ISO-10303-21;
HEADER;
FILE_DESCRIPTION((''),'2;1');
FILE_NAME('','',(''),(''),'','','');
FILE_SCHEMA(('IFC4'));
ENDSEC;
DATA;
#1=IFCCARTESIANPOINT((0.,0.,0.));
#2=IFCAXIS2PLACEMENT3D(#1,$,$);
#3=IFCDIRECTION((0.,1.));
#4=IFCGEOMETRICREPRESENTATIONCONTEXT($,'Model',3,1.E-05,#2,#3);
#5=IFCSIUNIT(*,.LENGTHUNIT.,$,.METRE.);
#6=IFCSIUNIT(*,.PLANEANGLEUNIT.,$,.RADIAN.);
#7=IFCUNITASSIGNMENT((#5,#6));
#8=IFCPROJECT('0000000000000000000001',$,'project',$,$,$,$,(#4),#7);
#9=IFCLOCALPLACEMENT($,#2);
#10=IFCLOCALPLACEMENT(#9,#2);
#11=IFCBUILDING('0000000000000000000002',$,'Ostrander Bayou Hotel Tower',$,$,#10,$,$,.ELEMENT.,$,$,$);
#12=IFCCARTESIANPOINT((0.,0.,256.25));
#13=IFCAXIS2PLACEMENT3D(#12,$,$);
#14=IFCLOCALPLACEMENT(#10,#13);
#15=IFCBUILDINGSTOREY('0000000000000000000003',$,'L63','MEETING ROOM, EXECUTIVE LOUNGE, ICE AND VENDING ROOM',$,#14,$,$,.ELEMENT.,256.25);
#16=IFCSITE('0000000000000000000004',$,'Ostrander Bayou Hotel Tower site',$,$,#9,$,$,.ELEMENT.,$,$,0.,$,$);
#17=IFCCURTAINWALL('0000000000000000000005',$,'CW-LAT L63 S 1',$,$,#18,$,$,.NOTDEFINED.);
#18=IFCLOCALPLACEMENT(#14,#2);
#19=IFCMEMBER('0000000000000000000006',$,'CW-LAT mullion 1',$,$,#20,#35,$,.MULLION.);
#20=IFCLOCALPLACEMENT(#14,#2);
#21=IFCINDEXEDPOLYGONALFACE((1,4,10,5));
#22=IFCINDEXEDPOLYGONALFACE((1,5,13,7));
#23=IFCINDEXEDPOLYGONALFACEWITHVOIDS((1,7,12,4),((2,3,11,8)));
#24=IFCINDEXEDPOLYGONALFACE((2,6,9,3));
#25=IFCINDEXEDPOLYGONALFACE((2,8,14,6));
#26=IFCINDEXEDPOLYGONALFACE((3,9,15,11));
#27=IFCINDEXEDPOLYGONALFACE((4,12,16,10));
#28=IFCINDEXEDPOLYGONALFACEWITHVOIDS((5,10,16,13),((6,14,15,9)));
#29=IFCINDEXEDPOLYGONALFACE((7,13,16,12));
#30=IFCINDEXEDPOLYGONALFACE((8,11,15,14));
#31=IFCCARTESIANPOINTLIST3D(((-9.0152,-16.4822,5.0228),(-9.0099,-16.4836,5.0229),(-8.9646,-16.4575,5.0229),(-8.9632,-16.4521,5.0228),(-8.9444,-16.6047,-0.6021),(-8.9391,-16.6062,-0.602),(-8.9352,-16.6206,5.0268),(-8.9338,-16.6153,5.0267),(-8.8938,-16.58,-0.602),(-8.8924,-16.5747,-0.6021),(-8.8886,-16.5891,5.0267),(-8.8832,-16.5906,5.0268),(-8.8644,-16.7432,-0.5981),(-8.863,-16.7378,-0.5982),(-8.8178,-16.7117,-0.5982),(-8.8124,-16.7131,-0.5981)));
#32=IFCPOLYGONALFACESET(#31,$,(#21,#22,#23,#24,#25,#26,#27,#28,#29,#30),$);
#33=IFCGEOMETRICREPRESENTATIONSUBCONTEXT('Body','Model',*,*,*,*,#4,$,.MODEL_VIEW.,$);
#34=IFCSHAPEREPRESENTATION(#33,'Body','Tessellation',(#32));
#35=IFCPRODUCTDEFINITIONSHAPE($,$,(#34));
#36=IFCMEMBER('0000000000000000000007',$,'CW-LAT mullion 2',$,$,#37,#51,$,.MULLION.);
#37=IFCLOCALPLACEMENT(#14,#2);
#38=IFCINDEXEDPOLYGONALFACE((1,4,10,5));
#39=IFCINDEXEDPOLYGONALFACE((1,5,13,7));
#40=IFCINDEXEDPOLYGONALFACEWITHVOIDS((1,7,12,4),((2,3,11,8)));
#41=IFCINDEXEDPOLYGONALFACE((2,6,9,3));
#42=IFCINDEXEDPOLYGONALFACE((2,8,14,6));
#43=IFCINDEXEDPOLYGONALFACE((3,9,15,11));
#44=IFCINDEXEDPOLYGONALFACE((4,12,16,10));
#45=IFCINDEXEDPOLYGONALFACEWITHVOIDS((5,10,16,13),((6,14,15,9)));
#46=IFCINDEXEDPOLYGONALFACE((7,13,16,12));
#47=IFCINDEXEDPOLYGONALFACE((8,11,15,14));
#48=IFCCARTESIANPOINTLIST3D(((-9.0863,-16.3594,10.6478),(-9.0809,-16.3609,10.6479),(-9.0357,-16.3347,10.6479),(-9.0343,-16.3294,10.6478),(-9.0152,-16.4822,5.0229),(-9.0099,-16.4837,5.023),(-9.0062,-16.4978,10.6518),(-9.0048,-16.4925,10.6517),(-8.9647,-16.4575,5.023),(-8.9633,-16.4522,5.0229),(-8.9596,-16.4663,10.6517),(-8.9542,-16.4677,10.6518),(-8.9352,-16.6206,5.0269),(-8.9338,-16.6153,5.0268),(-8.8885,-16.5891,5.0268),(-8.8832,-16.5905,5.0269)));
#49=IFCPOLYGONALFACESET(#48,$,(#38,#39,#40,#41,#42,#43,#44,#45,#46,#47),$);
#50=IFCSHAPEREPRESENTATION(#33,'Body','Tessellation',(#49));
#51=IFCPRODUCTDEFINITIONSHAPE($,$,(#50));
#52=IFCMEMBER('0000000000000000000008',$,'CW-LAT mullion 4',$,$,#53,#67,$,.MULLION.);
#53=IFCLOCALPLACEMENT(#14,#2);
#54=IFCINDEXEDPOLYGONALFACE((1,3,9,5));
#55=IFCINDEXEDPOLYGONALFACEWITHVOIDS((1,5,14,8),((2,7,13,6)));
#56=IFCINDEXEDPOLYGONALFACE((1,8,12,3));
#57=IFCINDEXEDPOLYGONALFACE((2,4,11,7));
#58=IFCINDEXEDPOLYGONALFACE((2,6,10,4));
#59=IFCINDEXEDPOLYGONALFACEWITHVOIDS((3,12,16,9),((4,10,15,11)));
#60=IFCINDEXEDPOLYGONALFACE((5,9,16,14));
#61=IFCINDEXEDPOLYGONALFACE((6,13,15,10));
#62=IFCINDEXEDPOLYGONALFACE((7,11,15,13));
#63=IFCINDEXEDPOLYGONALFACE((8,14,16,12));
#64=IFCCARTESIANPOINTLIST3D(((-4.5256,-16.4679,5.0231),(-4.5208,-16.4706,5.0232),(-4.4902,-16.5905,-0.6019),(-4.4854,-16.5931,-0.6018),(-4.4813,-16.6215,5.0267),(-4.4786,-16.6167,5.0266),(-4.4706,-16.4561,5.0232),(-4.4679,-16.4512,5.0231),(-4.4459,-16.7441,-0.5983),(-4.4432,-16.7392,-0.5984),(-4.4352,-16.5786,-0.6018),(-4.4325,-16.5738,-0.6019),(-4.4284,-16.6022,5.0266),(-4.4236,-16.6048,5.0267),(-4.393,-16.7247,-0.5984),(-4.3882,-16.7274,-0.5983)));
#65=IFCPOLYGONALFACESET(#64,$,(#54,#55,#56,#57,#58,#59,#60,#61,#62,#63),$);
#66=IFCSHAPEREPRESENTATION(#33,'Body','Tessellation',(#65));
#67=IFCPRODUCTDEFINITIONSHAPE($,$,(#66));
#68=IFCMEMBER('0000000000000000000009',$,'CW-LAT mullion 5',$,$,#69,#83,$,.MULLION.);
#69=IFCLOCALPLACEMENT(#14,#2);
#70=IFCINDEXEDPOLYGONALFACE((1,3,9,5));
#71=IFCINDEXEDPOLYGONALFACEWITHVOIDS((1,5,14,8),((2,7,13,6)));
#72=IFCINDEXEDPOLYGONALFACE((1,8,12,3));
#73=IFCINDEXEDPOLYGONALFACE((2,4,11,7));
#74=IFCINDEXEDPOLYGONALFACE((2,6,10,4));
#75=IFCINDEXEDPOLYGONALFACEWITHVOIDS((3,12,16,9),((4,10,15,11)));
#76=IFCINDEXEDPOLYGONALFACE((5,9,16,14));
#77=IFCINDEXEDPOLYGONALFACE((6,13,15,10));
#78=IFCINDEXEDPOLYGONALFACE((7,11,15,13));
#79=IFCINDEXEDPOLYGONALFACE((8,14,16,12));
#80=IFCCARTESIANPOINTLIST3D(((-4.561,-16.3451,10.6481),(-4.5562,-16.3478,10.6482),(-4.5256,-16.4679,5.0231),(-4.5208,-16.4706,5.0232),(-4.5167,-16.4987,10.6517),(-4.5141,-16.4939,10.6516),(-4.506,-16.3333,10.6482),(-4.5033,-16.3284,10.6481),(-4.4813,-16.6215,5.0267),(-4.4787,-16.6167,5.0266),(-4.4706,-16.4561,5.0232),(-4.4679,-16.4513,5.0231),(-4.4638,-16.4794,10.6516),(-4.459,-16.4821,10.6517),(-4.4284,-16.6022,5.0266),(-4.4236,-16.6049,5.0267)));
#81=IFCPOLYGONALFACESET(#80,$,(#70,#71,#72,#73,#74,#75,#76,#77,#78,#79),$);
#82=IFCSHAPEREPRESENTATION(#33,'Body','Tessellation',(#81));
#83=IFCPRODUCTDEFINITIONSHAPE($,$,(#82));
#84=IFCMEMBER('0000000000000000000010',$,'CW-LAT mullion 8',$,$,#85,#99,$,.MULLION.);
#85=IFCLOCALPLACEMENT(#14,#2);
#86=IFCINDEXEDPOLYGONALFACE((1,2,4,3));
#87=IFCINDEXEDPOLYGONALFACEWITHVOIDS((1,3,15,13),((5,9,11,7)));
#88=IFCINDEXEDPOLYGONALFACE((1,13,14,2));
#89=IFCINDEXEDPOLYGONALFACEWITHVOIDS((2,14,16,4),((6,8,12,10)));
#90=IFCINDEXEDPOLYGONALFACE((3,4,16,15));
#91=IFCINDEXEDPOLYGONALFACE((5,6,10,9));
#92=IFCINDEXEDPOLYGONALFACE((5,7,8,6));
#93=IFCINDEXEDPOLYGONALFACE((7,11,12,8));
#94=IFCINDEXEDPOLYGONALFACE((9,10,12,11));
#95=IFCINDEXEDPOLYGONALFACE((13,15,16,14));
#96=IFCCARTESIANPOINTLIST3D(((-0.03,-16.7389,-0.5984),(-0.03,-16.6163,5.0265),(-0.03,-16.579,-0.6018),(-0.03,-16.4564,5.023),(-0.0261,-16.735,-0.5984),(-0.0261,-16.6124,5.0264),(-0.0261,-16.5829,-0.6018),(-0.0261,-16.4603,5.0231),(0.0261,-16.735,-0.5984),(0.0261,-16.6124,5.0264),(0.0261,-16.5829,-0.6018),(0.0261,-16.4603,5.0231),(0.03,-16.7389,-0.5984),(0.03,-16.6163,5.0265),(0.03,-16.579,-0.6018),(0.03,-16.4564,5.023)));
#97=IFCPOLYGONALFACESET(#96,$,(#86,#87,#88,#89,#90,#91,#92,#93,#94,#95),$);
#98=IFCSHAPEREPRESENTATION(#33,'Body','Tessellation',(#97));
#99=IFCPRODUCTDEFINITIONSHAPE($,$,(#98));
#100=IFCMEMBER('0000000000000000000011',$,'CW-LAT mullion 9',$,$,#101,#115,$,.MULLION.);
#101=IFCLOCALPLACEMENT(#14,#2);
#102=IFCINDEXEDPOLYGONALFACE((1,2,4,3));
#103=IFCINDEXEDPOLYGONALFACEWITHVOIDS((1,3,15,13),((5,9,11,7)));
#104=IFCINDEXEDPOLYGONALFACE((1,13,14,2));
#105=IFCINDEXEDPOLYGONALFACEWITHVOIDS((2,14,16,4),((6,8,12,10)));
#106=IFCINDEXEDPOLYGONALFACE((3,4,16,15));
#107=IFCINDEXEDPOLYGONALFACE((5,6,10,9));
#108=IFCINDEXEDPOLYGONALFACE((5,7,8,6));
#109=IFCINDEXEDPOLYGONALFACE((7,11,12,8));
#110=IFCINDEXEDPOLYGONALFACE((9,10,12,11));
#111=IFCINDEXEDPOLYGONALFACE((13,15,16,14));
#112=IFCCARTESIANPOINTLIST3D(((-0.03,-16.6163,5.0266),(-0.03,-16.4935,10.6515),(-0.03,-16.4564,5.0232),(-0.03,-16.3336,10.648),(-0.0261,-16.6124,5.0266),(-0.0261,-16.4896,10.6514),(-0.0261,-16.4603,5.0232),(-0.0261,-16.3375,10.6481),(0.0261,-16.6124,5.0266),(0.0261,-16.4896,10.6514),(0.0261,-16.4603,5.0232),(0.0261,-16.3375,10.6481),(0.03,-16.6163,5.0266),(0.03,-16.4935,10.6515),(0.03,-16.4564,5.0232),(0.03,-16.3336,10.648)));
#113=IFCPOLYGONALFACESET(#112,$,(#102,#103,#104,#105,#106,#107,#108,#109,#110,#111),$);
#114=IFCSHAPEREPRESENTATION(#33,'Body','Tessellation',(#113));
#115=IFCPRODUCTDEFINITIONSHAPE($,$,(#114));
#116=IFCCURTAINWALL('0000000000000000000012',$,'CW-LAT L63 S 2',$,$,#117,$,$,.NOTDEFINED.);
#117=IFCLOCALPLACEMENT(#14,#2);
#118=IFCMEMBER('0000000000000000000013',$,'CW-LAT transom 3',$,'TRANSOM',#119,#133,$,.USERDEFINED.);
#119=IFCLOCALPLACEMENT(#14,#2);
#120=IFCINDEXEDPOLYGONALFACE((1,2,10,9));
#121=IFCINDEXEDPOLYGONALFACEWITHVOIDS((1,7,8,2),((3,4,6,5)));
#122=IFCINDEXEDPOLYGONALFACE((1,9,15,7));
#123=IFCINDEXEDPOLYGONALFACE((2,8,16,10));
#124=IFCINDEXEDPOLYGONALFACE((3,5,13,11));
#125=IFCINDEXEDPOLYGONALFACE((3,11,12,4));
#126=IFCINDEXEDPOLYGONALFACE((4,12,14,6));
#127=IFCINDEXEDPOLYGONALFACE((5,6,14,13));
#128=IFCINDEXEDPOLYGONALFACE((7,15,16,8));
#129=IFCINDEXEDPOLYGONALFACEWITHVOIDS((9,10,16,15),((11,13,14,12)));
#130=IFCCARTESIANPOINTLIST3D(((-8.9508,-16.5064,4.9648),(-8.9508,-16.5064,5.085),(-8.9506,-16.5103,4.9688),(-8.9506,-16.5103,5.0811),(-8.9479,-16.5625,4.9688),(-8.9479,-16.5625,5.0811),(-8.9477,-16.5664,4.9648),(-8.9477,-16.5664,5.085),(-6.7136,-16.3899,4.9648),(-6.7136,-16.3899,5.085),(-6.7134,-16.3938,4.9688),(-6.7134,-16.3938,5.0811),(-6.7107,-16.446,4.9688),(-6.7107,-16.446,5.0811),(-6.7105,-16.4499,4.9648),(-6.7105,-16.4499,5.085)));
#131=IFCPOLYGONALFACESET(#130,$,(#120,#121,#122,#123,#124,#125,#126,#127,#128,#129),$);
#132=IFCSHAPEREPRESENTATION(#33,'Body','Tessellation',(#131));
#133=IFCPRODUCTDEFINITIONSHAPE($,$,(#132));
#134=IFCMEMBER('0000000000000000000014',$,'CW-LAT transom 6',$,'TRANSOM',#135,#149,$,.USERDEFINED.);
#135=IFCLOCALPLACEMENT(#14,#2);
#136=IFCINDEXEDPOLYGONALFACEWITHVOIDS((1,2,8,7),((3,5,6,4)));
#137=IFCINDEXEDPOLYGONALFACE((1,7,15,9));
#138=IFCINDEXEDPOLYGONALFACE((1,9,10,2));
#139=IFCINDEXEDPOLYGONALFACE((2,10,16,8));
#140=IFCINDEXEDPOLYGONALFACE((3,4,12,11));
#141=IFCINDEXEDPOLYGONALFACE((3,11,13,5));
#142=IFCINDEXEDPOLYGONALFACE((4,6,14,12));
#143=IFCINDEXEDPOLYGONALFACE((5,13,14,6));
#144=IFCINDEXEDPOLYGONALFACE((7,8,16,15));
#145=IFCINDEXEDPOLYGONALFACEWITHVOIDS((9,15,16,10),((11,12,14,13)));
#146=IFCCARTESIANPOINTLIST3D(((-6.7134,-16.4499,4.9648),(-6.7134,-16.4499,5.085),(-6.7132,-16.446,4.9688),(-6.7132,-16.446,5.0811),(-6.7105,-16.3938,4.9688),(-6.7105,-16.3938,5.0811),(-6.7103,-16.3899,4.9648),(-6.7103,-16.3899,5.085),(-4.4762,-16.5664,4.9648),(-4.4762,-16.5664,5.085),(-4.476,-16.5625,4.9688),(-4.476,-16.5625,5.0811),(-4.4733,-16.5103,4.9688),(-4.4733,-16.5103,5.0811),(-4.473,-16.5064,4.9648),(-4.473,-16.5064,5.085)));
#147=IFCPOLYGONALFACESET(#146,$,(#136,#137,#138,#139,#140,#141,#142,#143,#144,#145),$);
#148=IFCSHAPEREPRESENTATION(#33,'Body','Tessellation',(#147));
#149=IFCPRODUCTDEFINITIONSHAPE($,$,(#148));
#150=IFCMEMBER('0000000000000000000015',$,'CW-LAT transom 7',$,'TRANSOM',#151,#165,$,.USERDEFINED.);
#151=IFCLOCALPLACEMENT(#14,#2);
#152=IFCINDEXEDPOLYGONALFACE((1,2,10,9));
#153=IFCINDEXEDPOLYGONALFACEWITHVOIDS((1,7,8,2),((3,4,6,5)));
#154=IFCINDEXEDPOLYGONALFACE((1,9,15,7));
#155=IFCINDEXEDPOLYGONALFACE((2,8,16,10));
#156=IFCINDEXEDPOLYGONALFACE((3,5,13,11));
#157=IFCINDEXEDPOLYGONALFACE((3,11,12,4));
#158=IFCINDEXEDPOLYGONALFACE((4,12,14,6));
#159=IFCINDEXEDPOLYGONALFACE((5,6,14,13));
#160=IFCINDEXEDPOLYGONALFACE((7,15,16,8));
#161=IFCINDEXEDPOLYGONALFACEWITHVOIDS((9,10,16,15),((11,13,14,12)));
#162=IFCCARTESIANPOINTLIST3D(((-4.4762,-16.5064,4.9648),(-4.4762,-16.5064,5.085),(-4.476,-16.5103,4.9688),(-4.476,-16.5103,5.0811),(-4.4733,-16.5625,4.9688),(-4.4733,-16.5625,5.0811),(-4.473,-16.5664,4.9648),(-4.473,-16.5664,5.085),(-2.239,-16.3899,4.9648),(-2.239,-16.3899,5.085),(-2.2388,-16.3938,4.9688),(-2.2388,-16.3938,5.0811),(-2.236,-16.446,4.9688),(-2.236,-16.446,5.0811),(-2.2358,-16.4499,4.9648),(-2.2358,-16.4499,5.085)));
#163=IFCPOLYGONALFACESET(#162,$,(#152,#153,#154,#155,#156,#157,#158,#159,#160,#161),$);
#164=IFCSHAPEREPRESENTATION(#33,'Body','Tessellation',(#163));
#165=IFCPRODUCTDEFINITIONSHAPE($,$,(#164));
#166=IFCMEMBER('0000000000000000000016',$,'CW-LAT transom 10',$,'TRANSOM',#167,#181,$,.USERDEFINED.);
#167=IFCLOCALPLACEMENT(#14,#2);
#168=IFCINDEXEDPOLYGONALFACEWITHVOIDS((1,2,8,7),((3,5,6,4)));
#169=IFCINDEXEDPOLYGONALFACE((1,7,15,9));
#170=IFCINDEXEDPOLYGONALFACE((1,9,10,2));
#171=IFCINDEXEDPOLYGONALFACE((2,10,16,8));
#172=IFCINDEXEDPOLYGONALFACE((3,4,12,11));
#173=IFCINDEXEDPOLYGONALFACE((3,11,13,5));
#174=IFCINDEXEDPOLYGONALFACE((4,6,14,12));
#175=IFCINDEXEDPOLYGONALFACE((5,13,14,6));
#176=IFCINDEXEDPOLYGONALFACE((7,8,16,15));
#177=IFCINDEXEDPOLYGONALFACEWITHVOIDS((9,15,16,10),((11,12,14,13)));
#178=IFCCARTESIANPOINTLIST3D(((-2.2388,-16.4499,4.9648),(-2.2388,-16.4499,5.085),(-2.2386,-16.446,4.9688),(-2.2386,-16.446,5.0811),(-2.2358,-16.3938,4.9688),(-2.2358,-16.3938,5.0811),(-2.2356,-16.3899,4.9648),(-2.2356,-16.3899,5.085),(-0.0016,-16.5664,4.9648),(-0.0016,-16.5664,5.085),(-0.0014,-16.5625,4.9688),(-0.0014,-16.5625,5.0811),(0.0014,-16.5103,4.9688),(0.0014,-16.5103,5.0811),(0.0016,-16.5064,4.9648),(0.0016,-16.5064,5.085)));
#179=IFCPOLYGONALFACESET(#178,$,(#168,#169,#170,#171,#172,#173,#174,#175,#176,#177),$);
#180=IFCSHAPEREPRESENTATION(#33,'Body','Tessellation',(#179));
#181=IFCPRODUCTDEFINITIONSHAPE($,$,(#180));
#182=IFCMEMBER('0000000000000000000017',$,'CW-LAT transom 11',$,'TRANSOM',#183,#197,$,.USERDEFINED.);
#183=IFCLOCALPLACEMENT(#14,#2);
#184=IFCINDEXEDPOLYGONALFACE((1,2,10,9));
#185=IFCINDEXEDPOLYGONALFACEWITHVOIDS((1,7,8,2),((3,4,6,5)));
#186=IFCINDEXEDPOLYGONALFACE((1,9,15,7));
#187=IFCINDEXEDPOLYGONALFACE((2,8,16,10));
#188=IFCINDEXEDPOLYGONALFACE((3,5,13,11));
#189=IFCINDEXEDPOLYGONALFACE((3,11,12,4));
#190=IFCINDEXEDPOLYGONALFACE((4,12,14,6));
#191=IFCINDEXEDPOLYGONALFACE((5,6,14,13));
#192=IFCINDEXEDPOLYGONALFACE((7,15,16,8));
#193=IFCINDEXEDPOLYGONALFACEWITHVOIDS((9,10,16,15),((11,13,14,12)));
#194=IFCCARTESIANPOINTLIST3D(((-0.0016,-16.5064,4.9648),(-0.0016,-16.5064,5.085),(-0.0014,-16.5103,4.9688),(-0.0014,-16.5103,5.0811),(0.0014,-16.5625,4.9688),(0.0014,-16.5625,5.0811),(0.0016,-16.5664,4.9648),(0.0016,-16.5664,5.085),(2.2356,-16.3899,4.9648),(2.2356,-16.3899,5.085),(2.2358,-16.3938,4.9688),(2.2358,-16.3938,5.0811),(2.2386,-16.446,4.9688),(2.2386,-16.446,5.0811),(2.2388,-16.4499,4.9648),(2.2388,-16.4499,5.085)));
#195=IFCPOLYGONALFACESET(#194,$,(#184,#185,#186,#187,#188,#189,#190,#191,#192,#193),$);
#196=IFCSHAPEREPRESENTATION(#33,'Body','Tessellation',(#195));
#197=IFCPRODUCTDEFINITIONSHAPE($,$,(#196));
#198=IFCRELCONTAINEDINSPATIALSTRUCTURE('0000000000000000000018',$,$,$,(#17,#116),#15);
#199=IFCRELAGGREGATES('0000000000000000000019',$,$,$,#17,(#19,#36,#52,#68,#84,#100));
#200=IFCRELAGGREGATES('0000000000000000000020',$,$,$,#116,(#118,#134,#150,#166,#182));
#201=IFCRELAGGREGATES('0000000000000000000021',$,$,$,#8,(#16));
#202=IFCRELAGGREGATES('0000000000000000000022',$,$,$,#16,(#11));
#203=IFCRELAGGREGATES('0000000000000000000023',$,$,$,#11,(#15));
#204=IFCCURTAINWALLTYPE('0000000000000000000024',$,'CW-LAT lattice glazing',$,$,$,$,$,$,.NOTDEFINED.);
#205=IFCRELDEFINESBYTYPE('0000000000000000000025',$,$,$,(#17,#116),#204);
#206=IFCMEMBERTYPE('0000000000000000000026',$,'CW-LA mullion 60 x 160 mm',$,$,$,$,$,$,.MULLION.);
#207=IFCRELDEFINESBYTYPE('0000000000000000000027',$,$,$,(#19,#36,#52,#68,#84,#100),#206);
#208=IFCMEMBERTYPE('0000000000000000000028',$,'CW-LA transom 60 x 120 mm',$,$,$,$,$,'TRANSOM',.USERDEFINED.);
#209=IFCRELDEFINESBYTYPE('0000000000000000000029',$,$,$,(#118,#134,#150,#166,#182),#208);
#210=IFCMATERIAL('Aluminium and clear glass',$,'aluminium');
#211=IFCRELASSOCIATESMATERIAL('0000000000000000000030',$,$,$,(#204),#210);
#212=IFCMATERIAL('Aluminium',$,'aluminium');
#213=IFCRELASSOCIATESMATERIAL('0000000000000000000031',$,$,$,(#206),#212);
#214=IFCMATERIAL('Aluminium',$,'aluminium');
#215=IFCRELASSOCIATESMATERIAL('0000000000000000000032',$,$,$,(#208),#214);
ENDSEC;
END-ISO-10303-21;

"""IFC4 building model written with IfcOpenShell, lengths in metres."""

from ifc_helpers import new_model, si_unit, direction, frame, origin, origin_2d, place, context, subcontext, project, spatial, hollow_rectangle, extrude, material, material_profile, profile_set, type_object, element, aggregate, save


model = new_model("IFC4")

# Units and contexts
model_context = context("Model", 3, precision=1e-05, world=origin(), true_north=direction((0.0, 1.0)))
body_context = subcontext(model_context, "Body", "Model", "MODEL_VIEW")
ifc_project = project(units=[si_unit("LENGTHUNIT", "METRE"), si_unit("PLANEANGLEUNIT", "RADIAN")], contexts=[model_context])

# Site, building, storey
site_placement = place(None, origin())
site = spatial("IfcSite", under=ifc_project, at=site_placement, Name="Ostrander Bayou Hotel Tower site", CompositionType="ELEMENT", RefElevation=0.0)
building_placement = place(site_placement, origin())
building = spatial("IfcBuilding", under=site, at=building_placement, Name="Ostrander Bayou Hotel Tower", CompositionType="ELEMENT")
storey_placement = place(building_placement, frame((0.0, 0.0, 256.25)))
storey = spatial("IfcBuildingStorey", under=building, at=storey_placement, Name="L63", Description="MEETING ROOM, EXECUTIVE LOUNGE, ICE AND VENDING ROOM", CompositionType="ELEMENT", Elevation=256.25)

# Curtain walls, members
ifc_material_1 = material(Name="Aluminium and clear glass", Category="aluminium")
curtain_wall_type = type_object("IfcCurtainWallType", Name="CW-LAT lattice glazing", PredefinedType="NOTDEFINED", material=ifc_material_1)
curtain_wall_1_placement = place(storey_placement, origin())
curtain_wall_1 = element("IfcCurtainWall", 1, at=curtain_wall_1_placement, inside=storey, type_object=curtain_wall_type, Name="CW-LAT L63 S 1", PredefinedType="NOTDEFINED")
ifc_material_2 = material(Name="Aluminium", Category="aluminium")
ifc_material_profile_1 = material_profile(ifc_material_2, hollow_rectangle(XDim=0.0601, YDim=0.1599, WallThickness=0.0039, at=origin_2d()))
ifc_profile_set_1 = profile_set([ifc_material_profile_1], Name="Aluminium")
member_type_1 = type_object("IfcMemberType", Name="CW-LA mullion 60 x 160 mm", PredefinedType="MULLION", material=ifc_profile_set_1)
member_1_placement = place(storey_placement, frame((-8.8784, -16.6589, -0.6001), z_axis=(-0.012583, 0.021781, 0.999684), x_axis=(-0.865898, -0.50022, 0.0)))
member_1 = element("IfcMember", 2, at=member_1_placement, type_object=member_type_1, Name="CW-LAT mullion 1", PredefinedType="MULLION", context=body_context, shape_type="SweptSolid", body=[
    extrude(hollow_rectangle(XDim=0.0601, YDim=0.1599, WallThickness=0.0039, at=origin_2d()), origin(), (0.0, 0.0, 1.0), 5.6267),
])
member_2_placement = place(storey_placement, frame((-8.9492, -16.5364, 5.0249), z_axis=(-0.012626, 0.021825, 0.999682), x_axis=(-0.865583, -0.500765, 0.0)))
member_2 = element("IfcMember", 3, at=member_2_placement, type_object=member_type_1, Name="CW-LAT mullion 2", PredefinedType="MULLION", context=body_context, shape_type="SweptSolid", body=[
    extrude(hollow_rectangle(XDim=0.0601, YDim=0.1599, WallThickness=0.0039, at=origin_2d()), origin(), (0.0, 0.0, 1.0), 5.6267),
])
member_3_placement = place(storey_placement, frame((-4.4392, -16.6589, -0.6001), z_axis=(-0.006292, 0.021783, 0.999743), x_axis=(-0.960726, -0.2775, 0.0)))
member_3 = element("IfcMember", 4, at=member_3_placement, type_object=member_type_1, Name="CW-LAT mullion 4", PredefinedType="MULLION", context=body_context, shape_type="SweptSolid", body=[
    extrude(hollow_rectangle(XDim=0.0601, YDim=0.1599, WallThickness=0.0039, at=origin_2d()), origin(), (0.0, 0.0, 1.0), 5.6265),
])
member_4_placement = place(storey_placement, frame((-4.4746, -16.5364, 5.0249), z_axis=(-0.006292, 0.021826, 0.999742), x_axis=(-0.960872, -0.276991, 0.0)))
member_4 = element("IfcMember", 5, at=member_4_placement, type_object=member_type_1, Name="CW-LAT mullion 5", PredefinedType="MULLION", context=body_context, shape_type="SweptSolid", body=[
    extrude(hollow_rectangle(XDim=0.0601, YDim=0.1599, WallThickness=0.0039, at=origin_2d()), origin(), (0.0, 0.0, 1.0), 5.6265),
])
member_5_placement = place(storey_placement, frame((0.0, -16.6589, -0.6001), z_axis=(0.0, 0.021783, 0.999763), x_axis=(-1.0, 0.0, 0.0)))
member_5 = element("IfcMember", 6, at=member_5_placement, type_object=member_type_1, Name="CW-LAT mullion 8", PredefinedType="MULLION", context=body_context, shape_type="SweptSolid", body=[
    extrude(hollow_rectangle(XDim=0.0601, YDim=0.1599, WallThickness=0.0039, at=origin_2d()), origin(), (0.0, 0.0, 1.0), 5.6262),
])
member_6_placement = place(storey_placement, frame((0.0, -16.5364, 5.0249), z_axis=(0.0, 0.021826, 0.999762), x_axis=(-1.0, 0.0, 0.0)))
member_6 = element("IfcMember", 7, at=member_6_placement, type_object=member_type_1, Name="CW-LAT mullion 9", PredefinedType="MULLION", context=body_context, shape_type="SweptSolid", body=[
    extrude(hollow_rectangle(XDim=0.0601, YDim=0.1599, WallThickness=0.0039, at=origin_2d()), origin(), (0.0, 0.0, 1.0), 5.6262),
])
curtain_wall_2_placement = place(storey_placement, origin())
curtain_wall_2 = element("IfcCurtainWall", 8, at=curtain_wall_2_placement, inside=storey, type_object=curtain_wall_type, Name="CW-LAT L63 S 2", PredefinedType="NOTDEFINED")
ifc_material_3 = material(Name="Aluminium", Category="aluminium")
ifc_material_profile_2 = material_profile(ifc_material_3, hollow_rectangle(XDim=0.0601, YDim=0.1201, WallThickness=0.0039, at=origin_2d()))
ifc_profile_set_2 = profile_set([ifc_material_profile_2], Name="Aluminium")
member_type_2 = type_object("IfcMemberType", Name="CW-LA transom 60 x 120 mm", ElementType="TRANSOM", PredefinedType="USERDEFINED", material=ifc_profile_set_2)
member_7_placement = place(storey_placement, frame((-8.9492, -16.5364, 5.0249), z_axis=(0.998648, 0.051981, 0.0), x_axis=(-0.051981, 0.998648, 0.0)))
member_7 = element("IfcMember", 9, at=member_7_placement, type_object=member_type_2, Name="CW-LAT transom 3", ObjectType="TRANSOM", PredefinedType="USERDEFINED", context=body_context, shape_type="SweptSolid", body=[
    extrude(hollow_rectangle(XDim=0.0601, YDim=0.1201, WallThickness=0.0039, at=origin_2d()), origin(), (0.0, 0.0, 1.0), 2.2402),
])
member_8_placement = place(storey_placement, frame((-4.4746, -16.5364, 5.0249), z_axis=(-0.998648, 0.051981, 0.0), x_axis=(-0.051981, -0.998648, 0.0)))
member_8 = element("IfcMember", 10, at=member_8_placement, type_object=member_type_2, Name="CW-LAT transom 6", ObjectType="TRANSOM", PredefinedType="USERDEFINED", context=body_context, shape_type="SweptSolid", body=[
    extrude(hollow_rectangle(XDim=0.0601, YDim=0.1201, WallThickness=0.0039, at=origin_2d()), origin(), (0.0, 0.0, 1.0), 2.2402),
])
member_9_placement = place(storey_placement, frame((-4.4746, -16.5364, 5.0249), z_axis=(0.998648, 0.051981, 0.0), x_axis=(-0.051981, 0.998648, 0.0)))
member_9 = element("IfcMember", 11, at=member_9_placement, type_object=member_type_2, Name="CW-LAT transom 7", ObjectType="TRANSOM", PredefinedType="USERDEFINED", context=body_context, shape_type="SweptSolid", body=[
    extrude(hollow_rectangle(XDim=0.0601, YDim=0.1201, WallThickness=0.0039, at=origin_2d()), origin(), (0.0, 0.0, 1.0), 2.2402),
])
member_10_placement = place(storey_placement, frame((0.0, -16.5364, 5.0249), z_axis=(-0.998648, 0.051981, 0.0), x_axis=(-0.051981, -0.998648, 0.0)))
member_10 = element("IfcMember", 12, at=member_10_placement, type_object=member_type_2, Name="CW-LAT transom 10", ObjectType="TRANSOM", PredefinedType="USERDEFINED", context=body_context, shape_type="SweptSolid", body=[
    extrude(hollow_rectangle(XDim=0.0601, YDim=0.1201, WallThickness=0.0039, at=origin_2d()), origin(), (0.0, 0.0, 1.0), 2.2402),
])
member_11_placement = place(storey_placement, frame((0.0, -16.5364, 5.0249), z_axis=(0.998648, 0.051981, 0.0), x_axis=(-0.051981, 0.998648, 0.0)))
member_11 = element("IfcMember", 13, at=member_11_placement, type_object=member_type_2, Name="CW-LAT transom 11", ObjectType="TRANSOM", PredefinedType="USERDEFINED", context=body_context, shape_type="SweptSolid", body=[
    extrude(hollow_rectangle(XDim=0.0601, YDim=0.1201, WallThickness=0.0039, at=origin_2d()), origin(), (0.0, 0.0, 1.0), 2.2402),
])

aggregate(curtain_wall_1, [member_1, member_2, member_3, member_4, member_5, member_6])
aggregate(curtain_wall_2, [member_7, member_8, member_9, member_10, member_11])

save(model, "model.ifc")
